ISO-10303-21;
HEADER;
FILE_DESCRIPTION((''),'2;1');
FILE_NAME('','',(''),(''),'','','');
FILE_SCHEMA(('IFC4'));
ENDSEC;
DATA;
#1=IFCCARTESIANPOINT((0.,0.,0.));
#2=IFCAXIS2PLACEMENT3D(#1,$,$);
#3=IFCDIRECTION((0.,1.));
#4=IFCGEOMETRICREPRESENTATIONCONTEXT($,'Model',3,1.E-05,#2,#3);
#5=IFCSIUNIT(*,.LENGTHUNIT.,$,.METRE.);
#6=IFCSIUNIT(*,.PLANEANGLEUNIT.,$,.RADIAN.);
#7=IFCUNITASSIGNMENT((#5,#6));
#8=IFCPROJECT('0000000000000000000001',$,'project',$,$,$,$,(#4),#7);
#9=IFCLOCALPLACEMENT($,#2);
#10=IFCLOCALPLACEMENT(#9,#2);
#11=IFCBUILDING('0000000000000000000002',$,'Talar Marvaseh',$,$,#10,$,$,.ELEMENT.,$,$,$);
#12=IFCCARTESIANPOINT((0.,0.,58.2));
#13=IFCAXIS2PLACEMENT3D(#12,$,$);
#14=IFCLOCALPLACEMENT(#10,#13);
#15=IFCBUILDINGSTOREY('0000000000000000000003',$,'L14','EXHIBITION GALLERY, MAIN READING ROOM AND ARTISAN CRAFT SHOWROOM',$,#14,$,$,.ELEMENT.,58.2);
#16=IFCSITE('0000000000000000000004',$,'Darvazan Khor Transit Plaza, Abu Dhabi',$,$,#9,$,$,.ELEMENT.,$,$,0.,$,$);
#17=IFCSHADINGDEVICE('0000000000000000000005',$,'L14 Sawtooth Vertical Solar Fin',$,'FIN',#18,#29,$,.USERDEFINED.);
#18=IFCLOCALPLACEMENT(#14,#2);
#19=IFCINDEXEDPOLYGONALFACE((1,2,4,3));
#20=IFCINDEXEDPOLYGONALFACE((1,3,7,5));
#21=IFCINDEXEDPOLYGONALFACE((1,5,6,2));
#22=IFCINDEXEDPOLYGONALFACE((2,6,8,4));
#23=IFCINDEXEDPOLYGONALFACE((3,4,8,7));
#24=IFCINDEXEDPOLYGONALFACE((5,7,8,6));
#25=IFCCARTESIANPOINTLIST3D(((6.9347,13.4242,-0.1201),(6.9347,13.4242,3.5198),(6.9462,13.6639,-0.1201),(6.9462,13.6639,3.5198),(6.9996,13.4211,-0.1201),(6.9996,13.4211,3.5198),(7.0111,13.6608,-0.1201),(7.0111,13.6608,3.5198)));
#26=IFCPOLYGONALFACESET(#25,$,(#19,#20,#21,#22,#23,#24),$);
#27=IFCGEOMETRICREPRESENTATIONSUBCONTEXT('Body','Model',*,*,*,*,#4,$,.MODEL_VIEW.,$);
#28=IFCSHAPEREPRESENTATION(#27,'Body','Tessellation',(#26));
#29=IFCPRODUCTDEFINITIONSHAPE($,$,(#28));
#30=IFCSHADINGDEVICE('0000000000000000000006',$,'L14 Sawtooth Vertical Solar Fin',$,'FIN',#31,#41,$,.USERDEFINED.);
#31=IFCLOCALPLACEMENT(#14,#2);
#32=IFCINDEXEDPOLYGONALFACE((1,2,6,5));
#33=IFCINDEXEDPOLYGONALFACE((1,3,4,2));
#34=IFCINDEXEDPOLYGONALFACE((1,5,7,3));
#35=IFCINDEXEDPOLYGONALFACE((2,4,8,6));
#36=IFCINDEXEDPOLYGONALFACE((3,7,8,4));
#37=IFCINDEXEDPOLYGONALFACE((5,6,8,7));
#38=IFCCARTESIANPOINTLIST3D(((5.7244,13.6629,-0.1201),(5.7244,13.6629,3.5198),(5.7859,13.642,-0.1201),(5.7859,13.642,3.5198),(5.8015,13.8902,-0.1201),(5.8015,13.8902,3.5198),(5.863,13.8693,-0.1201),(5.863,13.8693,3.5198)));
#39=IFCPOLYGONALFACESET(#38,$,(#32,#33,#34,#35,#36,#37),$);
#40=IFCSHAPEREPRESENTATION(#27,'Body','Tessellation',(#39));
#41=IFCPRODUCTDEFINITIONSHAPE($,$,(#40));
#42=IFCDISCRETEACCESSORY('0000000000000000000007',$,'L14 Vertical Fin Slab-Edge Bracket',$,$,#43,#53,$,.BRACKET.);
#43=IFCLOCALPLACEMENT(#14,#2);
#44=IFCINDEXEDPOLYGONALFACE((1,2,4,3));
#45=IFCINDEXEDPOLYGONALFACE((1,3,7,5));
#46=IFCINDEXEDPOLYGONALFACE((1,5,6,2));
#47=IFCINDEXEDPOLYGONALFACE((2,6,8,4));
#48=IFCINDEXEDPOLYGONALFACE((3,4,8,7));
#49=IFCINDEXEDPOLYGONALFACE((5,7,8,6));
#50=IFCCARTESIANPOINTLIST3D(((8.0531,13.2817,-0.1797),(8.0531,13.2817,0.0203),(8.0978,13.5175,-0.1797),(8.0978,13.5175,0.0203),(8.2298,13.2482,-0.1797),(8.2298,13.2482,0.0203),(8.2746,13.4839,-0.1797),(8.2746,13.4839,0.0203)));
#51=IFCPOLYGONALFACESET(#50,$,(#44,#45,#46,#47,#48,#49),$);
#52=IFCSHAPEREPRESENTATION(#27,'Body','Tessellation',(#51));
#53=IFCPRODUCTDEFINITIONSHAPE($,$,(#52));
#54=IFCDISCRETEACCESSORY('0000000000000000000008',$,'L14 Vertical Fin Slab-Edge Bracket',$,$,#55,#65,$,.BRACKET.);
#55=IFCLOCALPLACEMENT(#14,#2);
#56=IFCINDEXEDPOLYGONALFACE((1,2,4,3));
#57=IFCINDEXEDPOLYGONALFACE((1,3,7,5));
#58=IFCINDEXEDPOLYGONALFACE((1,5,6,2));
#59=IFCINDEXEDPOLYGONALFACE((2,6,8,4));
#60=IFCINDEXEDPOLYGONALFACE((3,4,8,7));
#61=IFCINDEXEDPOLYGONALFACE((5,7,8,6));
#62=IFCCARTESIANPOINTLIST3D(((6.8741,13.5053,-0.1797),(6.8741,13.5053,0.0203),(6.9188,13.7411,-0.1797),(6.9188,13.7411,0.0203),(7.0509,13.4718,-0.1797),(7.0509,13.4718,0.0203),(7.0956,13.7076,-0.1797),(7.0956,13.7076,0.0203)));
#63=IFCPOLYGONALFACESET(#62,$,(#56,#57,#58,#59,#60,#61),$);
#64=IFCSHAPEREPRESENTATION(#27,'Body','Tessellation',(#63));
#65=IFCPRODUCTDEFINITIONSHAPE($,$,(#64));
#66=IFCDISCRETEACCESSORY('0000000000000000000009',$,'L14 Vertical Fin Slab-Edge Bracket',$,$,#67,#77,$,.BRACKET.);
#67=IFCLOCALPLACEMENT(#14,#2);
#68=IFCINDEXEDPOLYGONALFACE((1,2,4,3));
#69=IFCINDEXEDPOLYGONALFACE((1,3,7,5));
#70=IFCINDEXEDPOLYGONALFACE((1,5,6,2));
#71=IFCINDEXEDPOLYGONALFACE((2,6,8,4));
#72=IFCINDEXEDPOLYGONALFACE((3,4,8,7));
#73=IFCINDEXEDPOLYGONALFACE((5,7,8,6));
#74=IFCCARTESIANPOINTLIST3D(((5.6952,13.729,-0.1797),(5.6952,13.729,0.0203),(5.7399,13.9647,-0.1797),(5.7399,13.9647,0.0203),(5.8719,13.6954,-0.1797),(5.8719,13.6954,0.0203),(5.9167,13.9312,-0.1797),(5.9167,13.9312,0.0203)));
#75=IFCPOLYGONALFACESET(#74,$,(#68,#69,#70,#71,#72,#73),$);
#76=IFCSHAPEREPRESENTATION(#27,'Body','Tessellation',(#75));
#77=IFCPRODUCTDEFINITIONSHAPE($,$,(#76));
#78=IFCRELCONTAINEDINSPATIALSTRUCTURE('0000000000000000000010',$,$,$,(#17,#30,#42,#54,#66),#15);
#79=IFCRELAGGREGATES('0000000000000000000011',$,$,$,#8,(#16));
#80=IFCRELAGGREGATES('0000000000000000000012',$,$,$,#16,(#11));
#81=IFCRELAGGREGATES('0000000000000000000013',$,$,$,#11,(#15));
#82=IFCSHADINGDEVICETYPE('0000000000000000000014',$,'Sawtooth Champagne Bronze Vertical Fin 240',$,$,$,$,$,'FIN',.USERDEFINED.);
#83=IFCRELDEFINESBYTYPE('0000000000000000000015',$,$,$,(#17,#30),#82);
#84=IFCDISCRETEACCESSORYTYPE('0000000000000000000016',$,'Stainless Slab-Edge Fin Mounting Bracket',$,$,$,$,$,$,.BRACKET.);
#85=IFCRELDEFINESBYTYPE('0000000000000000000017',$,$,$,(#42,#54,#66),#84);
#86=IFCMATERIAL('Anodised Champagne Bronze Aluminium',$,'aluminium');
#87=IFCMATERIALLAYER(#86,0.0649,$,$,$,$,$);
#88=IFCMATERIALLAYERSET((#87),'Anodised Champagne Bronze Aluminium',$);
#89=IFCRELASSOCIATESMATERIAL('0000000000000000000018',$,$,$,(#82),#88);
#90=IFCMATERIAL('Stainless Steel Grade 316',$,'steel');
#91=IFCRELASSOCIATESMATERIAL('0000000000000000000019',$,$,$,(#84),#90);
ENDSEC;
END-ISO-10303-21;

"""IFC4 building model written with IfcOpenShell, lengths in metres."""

from ifc_helpers import new_model, si_unit, direction, frame, origin, origin_2d, place, context, subcontext, project, spatial, rectangle, extrude, source, transform, mapped, material, layer, layer_set, type_object, type_shapes, element, save


model = new_model("IFC4")

# Units and contexts
model_context = context("Model", 3, precision=1e-05, world=origin(), true_north=direction((0.0, 1.0)))
body_context = subcontext(model_context, "Body", "Model", "MODEL_VIEW")
ifc_project = project(units=[si_unit("LENGTHUNIT", "METRE"), si_unit("PLANEANGLEUNIT", "RADIAN")], contexts=[model_context])

# Site, building, storey
site_placement = place(None, origin())
site = spatial("IfcSite", under=ifc_project, at=site_placement, Name="Darvazan Khor Transit Plaza, Abu Dhabi", CompositionType="ELEMENT", RefElevation=0.0)
building_placement = place(site_placement, origin())
building = spatial("IfcBuilding", under=site, at=building_placement, Name="Talar Marvaseh", CompositionType="ELEMENT")
storey_placement = place(building_placement, frame((0.0, 0.0, 58.2)))
storey = spatial("IfcBuildingStorey", under=building, at=storey_placement, Name="L14", Description="EXHIBITION GALLERY, MAIN READING ROOM AND ARTISAN CRAFT SHOWROOM", CompositionType="ELEMENT", Elevation=58.2)

# Shading devices
ifc_material_1 = material(Name="Anodised Champagne Bronze Aluminium", Category="aluminium")
ifc_layer_1 = layer(ifc_material_1, 0.0649)
ifc_layer_set_1 = layer_set([ifc_layer_1], Name="Anodised Champagne Bronze Aluminium")
shading_device_type = type_object("IfcShadingDeviceType", Name="Sawtooth Champagne Bronze Vertical Fin 240", ElementType="FIN", PredefinedType="USERDEFINED", material=ifc_layer_set_1)
shared_shape_1 = source(origin(), body_context, "Body", "SweptSolid", [
    extrude(rectangle(XDim=0.24, YDim=0.0649, at=origin_2d()), origin(), (0.0, 0.0, 1.0), 3.6399),
])
type_shapes(shading_device_type, [shared_shape_1])
for number, where, z_axis, x_axis, name in (
    (1, (6.9729, 13.5425, -0.1201), (0.0, 0.0, 1.0), (-0.047804, -0.998857, 0.0), "L14 Sawtooth Vertical Solar Fin"),
    (2, (5.7937, 13.7661, -0.1201), (0.0, 0.0, 1.0), (-0.321274, -0.946986, 0.0), "L14 Sawtooth Vertical Solar Fin"),
):
    element("IfcShadingDevice", number, at=place(storey_placement, frame(where, z_axis=z_axis, x_axis=x_axis)), inside=storey, type_object=shading_device_type, Name=name, ObjectType="FIN", PredefinedType="USERDEFINED", context=body_context, shape_type="MappedRepresentation", body=[
        mapped(shared_shape_1, transform((0.0, 0.0, 0.0), x_axis=(1.0, 0.0, 0.0), y_axis=(0.0, 1.0, 0.0), z_axis=(0.0, 0.0, 1.0), scale=1.0)),
    ])

# Discrete accessories
ifc_material_2 = material(Name="Stainless Steel Grade 316", Category="steel")
discrete_accessory_type = type_object("IfcDiscreteAccessoryType", Name="Stainless Slab-Edge Fin Mounting Bracket", PredefinedType="BRACKET", material=ifc_material_2)
shared_shape_2 = source(origin(), body_context, "Body", "SweptSolid", [
    extrude(rectangle(XDim=0.24, YDim=0.1799, at=origin_2d()), origin(), (0.0, 0.0, 1.0), 0.2),
])
type_shapes(discrete_accessory_type, [shared_shape_2])
for number, where, z_axis, x_axis, name in (
    (3, (8.1638, 13.3828, -0.1797), (0.0, 0.0, 1.0), (-0.186353, -0.982483, 0.0), "L14 Vertical Fin Slab-Edge Bracket"),
    (4, (6.9849, 13.6064, -0.1797), (0.0, 0.0, 1.0), (-0.186353, -0.982483, 0.0), "L14 Vertical Fin Slab-Edge Bracket"),
    (5, (5.8059, 13.8301, -0.1797), (0.0, 0.0, 1.0), (-0.186353, -0.982483, 0.0), "L14 Vertical Fin Slab-Edge Bracket"),
):
    element("IfcDiscreteAccessory", number, at=place(storey_placement, frame(where, z_axis=z_axis, x_axis=x_axis)), inside=storey, type_object=discrete_accessory_type, Name=name, PredefinedType="BRACKET", context=body_context, shape_type="MappedRepresentation", body=[
        mapped(shared_shape_2, transform((0.0, 0.0, 0.0), x_axis=(1.0, 0.0, 0.0), y_axis=(0.0, 1.0, 0.0), z_axis=(0.0, 0.0, 1.0), scale=1.0)),
    ])

save(model, "model.ifc")
